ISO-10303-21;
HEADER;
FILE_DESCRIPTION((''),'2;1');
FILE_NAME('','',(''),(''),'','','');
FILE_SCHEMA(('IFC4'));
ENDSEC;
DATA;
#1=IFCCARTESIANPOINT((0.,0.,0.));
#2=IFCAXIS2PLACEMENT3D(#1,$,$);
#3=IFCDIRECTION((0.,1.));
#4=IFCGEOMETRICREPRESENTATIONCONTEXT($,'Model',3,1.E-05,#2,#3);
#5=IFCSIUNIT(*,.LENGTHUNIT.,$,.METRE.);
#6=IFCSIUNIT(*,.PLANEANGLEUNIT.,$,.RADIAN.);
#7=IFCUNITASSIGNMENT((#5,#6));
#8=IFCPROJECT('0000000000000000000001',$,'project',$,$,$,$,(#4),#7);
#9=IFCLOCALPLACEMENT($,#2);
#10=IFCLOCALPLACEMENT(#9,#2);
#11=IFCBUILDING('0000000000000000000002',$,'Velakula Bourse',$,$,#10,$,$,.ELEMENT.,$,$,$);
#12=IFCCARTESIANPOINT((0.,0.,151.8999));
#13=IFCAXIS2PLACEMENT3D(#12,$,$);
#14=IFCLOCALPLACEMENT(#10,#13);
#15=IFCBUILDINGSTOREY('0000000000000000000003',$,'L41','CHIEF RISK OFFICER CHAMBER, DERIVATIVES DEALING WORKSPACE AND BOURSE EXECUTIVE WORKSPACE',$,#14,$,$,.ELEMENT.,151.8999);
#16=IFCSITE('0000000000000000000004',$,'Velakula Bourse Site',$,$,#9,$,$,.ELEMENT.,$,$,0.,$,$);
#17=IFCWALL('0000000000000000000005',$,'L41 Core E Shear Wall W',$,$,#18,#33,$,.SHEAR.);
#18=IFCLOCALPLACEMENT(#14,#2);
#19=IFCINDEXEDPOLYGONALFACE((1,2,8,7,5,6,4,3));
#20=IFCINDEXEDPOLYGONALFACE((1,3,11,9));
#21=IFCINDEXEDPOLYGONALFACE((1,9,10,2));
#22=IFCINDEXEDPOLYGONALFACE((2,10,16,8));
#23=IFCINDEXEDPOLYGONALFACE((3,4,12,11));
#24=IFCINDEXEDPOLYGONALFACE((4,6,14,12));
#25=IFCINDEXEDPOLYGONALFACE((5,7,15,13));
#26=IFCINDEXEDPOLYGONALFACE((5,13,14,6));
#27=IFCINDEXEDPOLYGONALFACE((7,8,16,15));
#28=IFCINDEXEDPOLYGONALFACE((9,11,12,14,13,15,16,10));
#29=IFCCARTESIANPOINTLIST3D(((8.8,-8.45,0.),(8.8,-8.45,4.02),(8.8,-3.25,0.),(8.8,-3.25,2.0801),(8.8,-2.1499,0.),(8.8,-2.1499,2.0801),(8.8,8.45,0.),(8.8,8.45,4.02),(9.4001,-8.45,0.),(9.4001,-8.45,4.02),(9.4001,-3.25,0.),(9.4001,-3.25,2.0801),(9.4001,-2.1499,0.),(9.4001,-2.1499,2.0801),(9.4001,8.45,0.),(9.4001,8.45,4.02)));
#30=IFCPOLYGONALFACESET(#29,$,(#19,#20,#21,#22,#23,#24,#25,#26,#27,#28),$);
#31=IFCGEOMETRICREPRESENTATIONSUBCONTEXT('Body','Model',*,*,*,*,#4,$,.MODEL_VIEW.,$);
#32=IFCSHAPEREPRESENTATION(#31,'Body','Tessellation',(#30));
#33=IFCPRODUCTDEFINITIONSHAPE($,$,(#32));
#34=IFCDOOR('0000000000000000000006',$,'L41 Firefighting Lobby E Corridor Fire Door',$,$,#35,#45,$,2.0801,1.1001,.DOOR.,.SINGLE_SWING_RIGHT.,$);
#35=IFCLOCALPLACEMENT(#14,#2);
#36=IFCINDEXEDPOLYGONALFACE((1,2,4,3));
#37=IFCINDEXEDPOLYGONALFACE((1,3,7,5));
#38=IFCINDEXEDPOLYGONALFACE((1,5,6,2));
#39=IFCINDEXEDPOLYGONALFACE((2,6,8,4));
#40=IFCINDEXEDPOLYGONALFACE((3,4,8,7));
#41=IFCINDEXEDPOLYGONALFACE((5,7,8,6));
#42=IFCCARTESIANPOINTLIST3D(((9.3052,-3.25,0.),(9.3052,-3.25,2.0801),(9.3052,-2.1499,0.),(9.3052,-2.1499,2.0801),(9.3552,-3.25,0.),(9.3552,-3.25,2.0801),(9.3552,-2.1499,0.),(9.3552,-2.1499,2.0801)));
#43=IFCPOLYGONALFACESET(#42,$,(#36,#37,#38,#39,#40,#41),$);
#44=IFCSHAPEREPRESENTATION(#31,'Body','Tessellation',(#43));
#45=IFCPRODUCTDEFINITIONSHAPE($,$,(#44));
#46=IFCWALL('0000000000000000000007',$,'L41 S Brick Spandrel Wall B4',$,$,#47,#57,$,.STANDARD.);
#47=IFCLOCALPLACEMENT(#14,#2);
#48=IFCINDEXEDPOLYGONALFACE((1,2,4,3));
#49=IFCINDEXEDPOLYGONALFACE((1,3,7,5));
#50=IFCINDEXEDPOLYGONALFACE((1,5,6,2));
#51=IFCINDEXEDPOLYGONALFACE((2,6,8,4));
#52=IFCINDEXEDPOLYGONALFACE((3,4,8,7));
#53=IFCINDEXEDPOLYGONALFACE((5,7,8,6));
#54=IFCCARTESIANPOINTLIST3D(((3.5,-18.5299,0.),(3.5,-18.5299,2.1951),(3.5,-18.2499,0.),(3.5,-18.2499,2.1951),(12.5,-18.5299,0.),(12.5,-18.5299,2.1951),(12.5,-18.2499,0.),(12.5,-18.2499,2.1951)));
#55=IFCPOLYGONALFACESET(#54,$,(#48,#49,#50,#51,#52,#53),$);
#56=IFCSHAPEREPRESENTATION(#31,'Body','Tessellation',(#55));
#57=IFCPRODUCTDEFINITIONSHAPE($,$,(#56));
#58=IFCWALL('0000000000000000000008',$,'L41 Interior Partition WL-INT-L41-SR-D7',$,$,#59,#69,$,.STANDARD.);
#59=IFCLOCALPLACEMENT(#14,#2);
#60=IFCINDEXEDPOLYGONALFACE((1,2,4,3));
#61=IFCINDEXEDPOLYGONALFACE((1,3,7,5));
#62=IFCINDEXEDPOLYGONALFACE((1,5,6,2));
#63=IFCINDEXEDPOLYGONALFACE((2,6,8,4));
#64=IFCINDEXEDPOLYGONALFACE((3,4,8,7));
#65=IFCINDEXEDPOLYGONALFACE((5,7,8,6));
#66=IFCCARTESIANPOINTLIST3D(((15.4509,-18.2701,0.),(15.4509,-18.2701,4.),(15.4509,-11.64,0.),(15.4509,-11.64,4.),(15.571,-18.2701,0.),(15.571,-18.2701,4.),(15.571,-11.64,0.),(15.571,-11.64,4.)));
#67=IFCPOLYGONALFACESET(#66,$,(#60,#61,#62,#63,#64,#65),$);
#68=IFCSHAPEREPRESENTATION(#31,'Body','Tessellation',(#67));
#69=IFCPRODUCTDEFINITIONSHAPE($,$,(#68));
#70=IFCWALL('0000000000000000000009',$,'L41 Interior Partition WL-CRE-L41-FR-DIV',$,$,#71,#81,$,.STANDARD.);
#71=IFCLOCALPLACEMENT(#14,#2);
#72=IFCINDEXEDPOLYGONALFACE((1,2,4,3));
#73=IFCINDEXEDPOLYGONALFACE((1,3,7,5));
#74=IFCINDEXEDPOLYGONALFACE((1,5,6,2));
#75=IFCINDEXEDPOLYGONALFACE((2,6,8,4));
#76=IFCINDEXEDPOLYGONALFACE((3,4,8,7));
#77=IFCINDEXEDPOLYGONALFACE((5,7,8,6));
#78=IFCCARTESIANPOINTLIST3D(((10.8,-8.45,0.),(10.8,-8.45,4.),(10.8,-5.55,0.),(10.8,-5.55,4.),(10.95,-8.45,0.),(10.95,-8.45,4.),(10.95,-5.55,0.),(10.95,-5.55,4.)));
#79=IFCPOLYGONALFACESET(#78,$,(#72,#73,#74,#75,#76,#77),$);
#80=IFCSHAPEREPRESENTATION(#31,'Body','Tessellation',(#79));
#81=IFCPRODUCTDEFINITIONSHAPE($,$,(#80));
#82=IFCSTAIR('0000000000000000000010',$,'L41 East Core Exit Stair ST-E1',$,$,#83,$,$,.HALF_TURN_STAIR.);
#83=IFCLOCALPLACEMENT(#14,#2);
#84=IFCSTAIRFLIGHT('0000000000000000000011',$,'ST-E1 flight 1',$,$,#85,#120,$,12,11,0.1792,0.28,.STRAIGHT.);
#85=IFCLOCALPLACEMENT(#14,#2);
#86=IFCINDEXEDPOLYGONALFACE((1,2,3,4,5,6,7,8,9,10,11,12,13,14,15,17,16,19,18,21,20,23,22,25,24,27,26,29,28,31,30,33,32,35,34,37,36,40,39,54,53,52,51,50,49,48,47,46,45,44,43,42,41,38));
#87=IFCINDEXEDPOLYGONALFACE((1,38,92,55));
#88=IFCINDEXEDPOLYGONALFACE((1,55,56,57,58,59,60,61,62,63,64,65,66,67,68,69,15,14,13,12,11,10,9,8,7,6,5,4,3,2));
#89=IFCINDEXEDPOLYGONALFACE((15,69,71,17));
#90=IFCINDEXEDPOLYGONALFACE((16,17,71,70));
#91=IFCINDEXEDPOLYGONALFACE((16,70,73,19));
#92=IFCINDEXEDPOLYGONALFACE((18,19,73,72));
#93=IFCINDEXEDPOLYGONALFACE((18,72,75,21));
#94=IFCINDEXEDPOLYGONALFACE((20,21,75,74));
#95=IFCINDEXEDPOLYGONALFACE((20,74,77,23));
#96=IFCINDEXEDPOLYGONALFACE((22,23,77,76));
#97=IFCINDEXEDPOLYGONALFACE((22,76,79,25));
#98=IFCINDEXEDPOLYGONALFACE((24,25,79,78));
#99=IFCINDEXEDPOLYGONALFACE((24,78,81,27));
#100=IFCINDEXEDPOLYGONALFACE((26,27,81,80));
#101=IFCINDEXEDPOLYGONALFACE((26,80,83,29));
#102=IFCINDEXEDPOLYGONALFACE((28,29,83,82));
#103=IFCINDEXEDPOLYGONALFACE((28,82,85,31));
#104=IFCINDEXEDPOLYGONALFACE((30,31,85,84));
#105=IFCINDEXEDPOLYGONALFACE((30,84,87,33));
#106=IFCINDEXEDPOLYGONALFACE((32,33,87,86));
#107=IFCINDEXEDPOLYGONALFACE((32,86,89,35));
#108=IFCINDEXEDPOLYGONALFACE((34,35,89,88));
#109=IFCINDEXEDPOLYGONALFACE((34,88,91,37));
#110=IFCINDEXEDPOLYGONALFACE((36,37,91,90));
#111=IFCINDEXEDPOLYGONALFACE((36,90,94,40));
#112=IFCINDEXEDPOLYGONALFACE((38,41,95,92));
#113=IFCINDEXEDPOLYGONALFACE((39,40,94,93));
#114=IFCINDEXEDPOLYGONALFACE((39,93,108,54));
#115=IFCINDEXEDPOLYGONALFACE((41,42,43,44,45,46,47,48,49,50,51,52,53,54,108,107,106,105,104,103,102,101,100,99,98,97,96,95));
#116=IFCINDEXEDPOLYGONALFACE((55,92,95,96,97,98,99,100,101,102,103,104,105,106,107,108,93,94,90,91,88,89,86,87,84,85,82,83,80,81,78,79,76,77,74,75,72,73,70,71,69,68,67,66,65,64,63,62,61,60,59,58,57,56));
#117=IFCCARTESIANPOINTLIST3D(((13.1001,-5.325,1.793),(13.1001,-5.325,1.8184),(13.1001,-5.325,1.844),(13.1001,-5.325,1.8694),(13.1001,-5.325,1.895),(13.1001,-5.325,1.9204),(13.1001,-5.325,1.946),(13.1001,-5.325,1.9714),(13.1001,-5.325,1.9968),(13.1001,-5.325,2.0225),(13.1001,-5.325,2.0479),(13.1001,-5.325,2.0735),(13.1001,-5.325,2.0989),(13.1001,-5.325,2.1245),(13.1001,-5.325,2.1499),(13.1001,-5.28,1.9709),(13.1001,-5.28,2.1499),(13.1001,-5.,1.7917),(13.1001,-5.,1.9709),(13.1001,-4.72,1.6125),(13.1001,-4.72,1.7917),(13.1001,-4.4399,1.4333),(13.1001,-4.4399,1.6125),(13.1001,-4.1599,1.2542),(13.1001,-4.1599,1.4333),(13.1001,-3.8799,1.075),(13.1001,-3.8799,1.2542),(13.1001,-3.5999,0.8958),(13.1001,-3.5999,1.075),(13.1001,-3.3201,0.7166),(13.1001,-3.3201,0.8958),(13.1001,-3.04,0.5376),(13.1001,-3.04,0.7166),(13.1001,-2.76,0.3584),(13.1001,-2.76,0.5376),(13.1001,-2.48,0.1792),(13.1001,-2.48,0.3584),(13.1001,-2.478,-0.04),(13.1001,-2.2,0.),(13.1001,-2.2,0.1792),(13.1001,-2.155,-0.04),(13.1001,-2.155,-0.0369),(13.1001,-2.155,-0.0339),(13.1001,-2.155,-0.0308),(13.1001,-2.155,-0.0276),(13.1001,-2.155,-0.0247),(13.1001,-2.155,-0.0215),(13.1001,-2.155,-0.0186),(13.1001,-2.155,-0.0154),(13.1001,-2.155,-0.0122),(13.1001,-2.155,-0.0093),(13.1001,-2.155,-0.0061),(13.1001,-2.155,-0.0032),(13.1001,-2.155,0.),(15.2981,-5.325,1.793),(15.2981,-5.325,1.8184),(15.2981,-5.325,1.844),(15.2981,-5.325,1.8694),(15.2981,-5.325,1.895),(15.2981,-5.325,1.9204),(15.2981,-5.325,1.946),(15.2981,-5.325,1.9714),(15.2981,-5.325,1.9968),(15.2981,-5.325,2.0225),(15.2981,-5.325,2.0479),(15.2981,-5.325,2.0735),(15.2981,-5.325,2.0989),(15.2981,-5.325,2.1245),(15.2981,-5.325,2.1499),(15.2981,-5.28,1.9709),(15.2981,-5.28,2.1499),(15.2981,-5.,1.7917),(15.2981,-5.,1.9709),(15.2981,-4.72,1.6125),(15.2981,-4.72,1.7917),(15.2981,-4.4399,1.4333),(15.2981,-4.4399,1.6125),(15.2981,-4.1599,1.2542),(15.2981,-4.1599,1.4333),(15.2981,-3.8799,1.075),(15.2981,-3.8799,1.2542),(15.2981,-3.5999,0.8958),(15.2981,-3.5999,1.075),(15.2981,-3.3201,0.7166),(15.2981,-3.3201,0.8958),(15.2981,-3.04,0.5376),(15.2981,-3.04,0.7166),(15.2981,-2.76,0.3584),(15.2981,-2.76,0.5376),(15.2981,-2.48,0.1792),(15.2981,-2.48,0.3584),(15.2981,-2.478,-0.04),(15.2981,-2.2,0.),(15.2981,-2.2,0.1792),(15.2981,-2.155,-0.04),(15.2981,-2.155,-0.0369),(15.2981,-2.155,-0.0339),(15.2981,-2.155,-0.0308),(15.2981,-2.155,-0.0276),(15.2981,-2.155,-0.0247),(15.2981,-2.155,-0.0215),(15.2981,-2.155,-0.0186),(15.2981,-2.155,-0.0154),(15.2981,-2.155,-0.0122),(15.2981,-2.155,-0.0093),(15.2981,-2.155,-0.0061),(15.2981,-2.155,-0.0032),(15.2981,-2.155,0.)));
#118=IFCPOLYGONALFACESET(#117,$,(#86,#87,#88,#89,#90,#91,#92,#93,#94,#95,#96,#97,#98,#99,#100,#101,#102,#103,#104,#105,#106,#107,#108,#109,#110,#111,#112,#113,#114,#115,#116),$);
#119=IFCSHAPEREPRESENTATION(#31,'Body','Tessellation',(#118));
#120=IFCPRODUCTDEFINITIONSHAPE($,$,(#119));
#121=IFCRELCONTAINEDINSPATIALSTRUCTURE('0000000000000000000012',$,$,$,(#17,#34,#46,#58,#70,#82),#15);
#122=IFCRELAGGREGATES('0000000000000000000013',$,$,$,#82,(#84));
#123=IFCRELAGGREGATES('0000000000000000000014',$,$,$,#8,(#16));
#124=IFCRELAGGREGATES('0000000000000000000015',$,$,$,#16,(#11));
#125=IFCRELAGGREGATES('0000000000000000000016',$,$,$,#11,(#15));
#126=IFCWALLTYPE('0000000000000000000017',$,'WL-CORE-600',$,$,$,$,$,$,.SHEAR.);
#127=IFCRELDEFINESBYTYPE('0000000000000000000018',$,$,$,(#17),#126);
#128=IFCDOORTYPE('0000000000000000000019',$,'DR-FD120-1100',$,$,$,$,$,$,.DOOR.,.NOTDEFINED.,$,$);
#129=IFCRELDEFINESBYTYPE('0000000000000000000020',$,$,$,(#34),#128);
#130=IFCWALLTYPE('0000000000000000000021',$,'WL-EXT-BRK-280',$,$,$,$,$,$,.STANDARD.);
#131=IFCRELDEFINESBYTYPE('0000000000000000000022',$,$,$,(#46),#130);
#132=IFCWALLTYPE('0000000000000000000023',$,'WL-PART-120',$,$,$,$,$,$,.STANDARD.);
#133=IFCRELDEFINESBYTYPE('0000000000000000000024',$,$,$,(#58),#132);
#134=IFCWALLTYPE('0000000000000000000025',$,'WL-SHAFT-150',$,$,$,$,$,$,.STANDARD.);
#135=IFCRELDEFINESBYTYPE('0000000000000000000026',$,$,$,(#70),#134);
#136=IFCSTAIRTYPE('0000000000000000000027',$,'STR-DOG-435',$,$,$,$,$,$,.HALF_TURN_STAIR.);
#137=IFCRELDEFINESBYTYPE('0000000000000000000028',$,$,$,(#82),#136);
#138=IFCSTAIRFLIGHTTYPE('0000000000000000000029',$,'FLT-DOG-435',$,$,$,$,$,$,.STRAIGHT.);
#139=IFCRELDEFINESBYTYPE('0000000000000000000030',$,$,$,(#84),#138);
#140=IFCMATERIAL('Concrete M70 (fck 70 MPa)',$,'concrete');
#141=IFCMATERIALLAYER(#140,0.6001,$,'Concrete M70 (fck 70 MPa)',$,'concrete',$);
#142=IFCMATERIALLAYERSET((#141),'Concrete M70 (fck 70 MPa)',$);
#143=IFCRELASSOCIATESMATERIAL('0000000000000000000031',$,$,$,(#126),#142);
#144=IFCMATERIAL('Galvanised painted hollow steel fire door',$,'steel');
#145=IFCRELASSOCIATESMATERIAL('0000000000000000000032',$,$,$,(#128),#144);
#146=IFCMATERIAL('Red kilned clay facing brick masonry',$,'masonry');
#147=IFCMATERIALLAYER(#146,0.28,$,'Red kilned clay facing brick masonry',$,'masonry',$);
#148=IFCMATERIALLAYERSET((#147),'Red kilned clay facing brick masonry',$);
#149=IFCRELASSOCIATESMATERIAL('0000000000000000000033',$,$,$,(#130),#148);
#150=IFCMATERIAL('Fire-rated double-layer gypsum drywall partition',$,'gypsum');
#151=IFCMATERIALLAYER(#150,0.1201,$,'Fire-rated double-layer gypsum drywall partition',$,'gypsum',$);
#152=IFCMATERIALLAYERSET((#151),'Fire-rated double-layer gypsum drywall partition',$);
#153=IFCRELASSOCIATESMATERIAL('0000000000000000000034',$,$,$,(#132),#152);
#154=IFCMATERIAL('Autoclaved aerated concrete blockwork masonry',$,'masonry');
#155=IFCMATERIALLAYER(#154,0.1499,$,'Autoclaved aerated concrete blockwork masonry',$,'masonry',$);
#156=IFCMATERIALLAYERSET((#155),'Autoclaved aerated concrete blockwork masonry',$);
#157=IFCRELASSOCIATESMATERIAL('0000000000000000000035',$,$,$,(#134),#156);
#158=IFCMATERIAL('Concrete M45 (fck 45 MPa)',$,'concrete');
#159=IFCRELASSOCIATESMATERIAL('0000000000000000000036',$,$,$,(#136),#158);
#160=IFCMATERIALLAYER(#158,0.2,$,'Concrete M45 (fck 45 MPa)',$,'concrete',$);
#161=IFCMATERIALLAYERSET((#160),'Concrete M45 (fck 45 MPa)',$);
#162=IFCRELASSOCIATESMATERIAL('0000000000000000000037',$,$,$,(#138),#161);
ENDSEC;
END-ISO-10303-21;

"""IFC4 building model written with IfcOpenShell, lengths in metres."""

from ifc_helpers import new_model, si_unit, direction, frame, frame_2d, origin, place, context, subcontext, project, spatial, polyline, rectangle, outline, extrude, material, layer, layer_set, type_object, element, fill, aggregate, save


model = new_model("IFC4")

# Units and contexts
model_context = context("Model", 3, precision=1e-05, world=origin(), true_north=direction((0.0, 1.0)))
body_context = subcontext(model_context, "Body", "Model", "MODEL_VIEW")
ifc_project = project(units=[si_unit("LENGTHUNIT", "METRE"), si_unit("PLANEANGLEUNIT", "RADIAN")], contexts=[model_context])

# Site, building, storey
site_placement = place(None, origin())
site = spatial("IfcSite", under=ifc_project, at=site_placement, Name="Velakula Bourse Site", CompositionType="ELEMENT", RefElevation=0.0)
building_placement = place(site_placement, origin())
building = spatial("IfcBuilding", under=site, at=building_placement, Name="Velakula Bourse", CompositionType="ELEMENT")
storey_placement = place(building_placement, frame((0.0, 0.0, 151.8999)))
storey = spatial("IfcBuildingStorey", under=building, at=storey_placement, Name="L41", Description="CHIEF RISK OFFICER CHAMBER, DERIVATIVES DEALING WORKSPACE AND BOURSE EXECUTIVE WORKSPACE", CompositionType="ELEMENT", Elevation=151.8999)

# Shared definitions
ifc_material_1 = material(Name="Galvanised painted hollow steel fire door", Category="steel")

# Wall, opening, door
ifc_material_2 = material(Name="Concrete M70 (fck 70 MPa)", Category="concrete")
ifc_layer_1 = layer(ifc_material_2, 0.6001, Name="Concrete M70 (fck 70 MPa)", Category="concrete")
ifc_layer_set_1 = layer_set([ifc_layer_1], Name="Concrete M70 (fck 70 MPa)")
wall_type_1 = type_object("IfcWallType", Name="WL-CORE-600", PredefinedType="SHEAR", material=ifc_layer_set_1)
wall_1_placement = place(storey_placement, frame((9.1001, -8.45, 0.0), z_axis=(0.0, 0.0, 1.0), x_axis=(0.0, 1.0, 0.0)))
wall_1 = element("IfcWall", 1, at=wall_1_placement, inside=storey, type_object=wall_type_1, Name="L41 Core E Shear Wall W", PredefinedType="SHEAR", context=body_context, shape_type="SweptSolid", body=[
    extrude(rectangle(XDim=16.8999, YDim=0.6001, at=frame_2d((8.45, 0.0))), origin(), (0.0, 0.0, 1.0), 4.02),
])
opening_1_placement = place(wall_1_placement, frame((5.2, 0.0, 0.0)))
opening_1 = element("IfcOpeningElement", 2, at=opening_1_placement, cuts=wall_1, PredefinedType="OPENING", context=body_context, shape_type="SweptSolid", body=[
    extrude(rectangle(XDim=1.1001, YDim=2.0801, at=frame_2d((0.55, 1.04))), frame((0.0, 0.3101, 0.0), z_axis=(0.0, -1.0, 0.0), x_axis=(1.0, 0.0, 0.0)), (0.0, 0.0, 1.0), 0.6201),
])
door_type_1 = type_object("IfcDoorType", Name="DR-FD120-1100", OperationType="NOTDEFINED", PredefinedType="DOOR", material=ifc_material_1)
door_1_placement = place(opening_1_placement, origin())
door_1 = element("IfcDoor", 3, at=door_1_placement, inside=storey, type_object=door_type_1, Name="L41 Firefighting Lobby E Corridor Fire Door", OperationType="SINGLE_SWING_RIGHT", OverallHeight=2.0801, OverallWidth=1.1001, PredefinedType="DOOR", context=body_context, shape_type="SweptSolid", body=[
    extrude(rectangle(XDim=1.1001, YDim=2.0801, at=frame_2d((0.55, 1.04))), frame((0.0, -0.2051, 0.0), z_axis=(0.0, -1.0, 0.0), x_axis=(1.0, 0.0, 0.0)), (0.0, 0.0, 1.0), 0.05),
])
fill(opening_1, door_1)

# Walls
ifc_material_3 = material(Name="Red kilned clay facing brick masonry", Category="masonry")
ifc_layer_2 = layer(ifc_material_3, 0.28, Name="Red kilned clay facing brick masonry", Category="masonry")
ifc_layer_set_2 = layer_set([ifc_layer_2], Name="Red kilned clay facing brick masonry")
wall_type_2 = type_object("IfcWallType", Name="WL-EXT-BRK-280", PredefinedType="STANDARD", material=ifc_layer_set_2)
wall_2_placement = place(storey_placement, frame((12.5, -18.3899, 0.0), z_axis=(0.0, 0.0, 1.0), x_axis=(-1.0, 0.0, 0.0)))
element("IfcWall", 4, at=wall_2_placement, inside=storey, type_object=wall_type_2, Name="L41 S Brick Spandrel Wall B4", PredefinedType="STANDARD", context=body_context, shape_type="SweptSolid", body=[
    extrude(rectangle(XDim=9.0, YDim=0.28, at=frame_2d((4.5, 0.0))), origin(), (0.0, 0.0, 1.0), 2.1951),
])
ifc_material_4 = material(Name="Fire-rated double-layer gypsum drywall partition", Category="gypsum")
ifc_layer_3 = layer(ifc_material_4, 0.1201, Name="Fire-rated double-layer gypsum drywall partition", Category="gypsum")
ifc_layer_set_3 = layer_set([ifc_layer_3], Name="Fire-rated double-layer gypsum drywall partition")
wall_type_3 = type_object("IfcWallType", Name="WL-PART-120", PredefinedType="STANDARD", material=ifc_layer_set_3)
wall_3_placement = place(storey_placement, frame((15.511, -18.27, 0.0), z_axis=(0.0, 0.0, 1.0), x_axis=(0.0, 1.0, 0.0)))
element("IfcWall", 5, at=wall_3_placement, inside=storey, type_object=wall_type_3, Name="L41 Interior Partition WL-INT-L41-SR-D7", PredefinedType="STANDARD", context=body_context, shape_type="SweptSolid", body=[
    extrude(rectangle(XDim=6.6301, YDim=0.1201, at=frame_2d((3.3149, 0.0))), origin(), (0.0, 0.0, 1.0), 4.0),
])

# Shared definitions
ifc_material_5 = material(Name="Autoclaved aerated concrete blockwork masonry", Category="masonry")
ifc_layer_4 = layer(ifc_material_5, 0.1499, Name="Autoclaved aerated concrete blockwork masonry", Category="masonry")
ifc_layer_set_4 = layer_set([ifc_layer_4], Name="Autoclaved aerated concrete blockwork masonry")
wall_type_4 = type_object("IfcWallType", Name="WL-SHAFT-150", PredefinedType="STANDARD", material=ifc_layer_set_4)

# Wall
wall_4_placement = place(storey_placement, frame((10.875, -8.45, 0.0), z_axis=(0.0, 0.0, 1.0), x_axis=(0.0, 1.0, 0.0)))
element("IfcWall", 6, at=wall_4_placement, inside=storey, type_object=wall_type_4, Name="L41 Interior Partition WL-CRE-L41-FR-DIV", PredefinedType="STANDARD", context=body_context, shape_type="SweptSolid", body=[
    extrude(rectangle(XDim=2.8999, YDim=0.1499, at=frame_2d((1.45, 0.0))), origin(), (0.0, 0.0, 1.0), 4.0),
])

# Stair, stair flight
ifc_material_6 = material(Name="Concrete M45 (fck 45 MPa)", Category="concrete")
stair_type = type_object("IfcStairType", Name="STR-DOG-435", PredefinedType="HALF_TURN_STAIR", material=ifc_material_6)
stair_placement = place(storey_placement, origin())
stair = element("IfcStair", 7, at=stair_placement, inside=storey, type_object=stair_type, Name="L41 East Core Exit Stair ST-E1", PredefinedType="HALF_TURN_STAIR")
ifc_layer_5 = layer(ifc_material_6, 0.2, Name="Concrete M45 (fck 45 MPa)", Category="concrete")
ifc_layer_set_5 = layer_set([ifc_layer_5], Name="Concrete M45 (fck 45 MPa)")
stair_flight_type = type_object("IfcStairFlightType", Name="FLT-DOG-435", PredefinedType="STRAIGHT", material=ifc_layer_set_5)
stair_flight_1_placement = place(storey_placement, frame((14.199, -2.2, 0.0), z_axis=(0.0, 0.0, 1.0), x_axis=(0.0, -1.0, 0.0)))
stair_flight_1 = element("IfcStairFlight", 8, at=stair_flight_1_placement, type_object=stair_flight_type, Name="ST-E1 flight 1", NumberOfRisers=12, NumberOfTreads=11, PredefinedType="STRAIGHT", RiserHeight=0.1792, TreadLength=0.28, context=body_context, shape_type="SweptSolid", body=[
    extrude(outline(polyline([(-0.0449, -0.04), (-0.0449, -0.0369), (-0.0449, -0.0339), (-0.0449, -0.0308), (-0.0449, -0.0276), (-0.0449, -0.0247), (-0.0449, -0.0215), (-0.0449, -0.0186), (-0.0449, -0.0154), (-0.0449, -0.0122), (-0.0449, -0.0093), (-0.0449, -0.0061), (-0.0449, -0.0032), (-0.0449, 0.0), (0.0, 0.0), (0.0, 0.1792), (0.28, 0.1792), (0.28, 0.3584), (0.5601, 0.3584), (0.5601, 0.5376), (0.8401, 0.5376), (0.8401, 0.7166), (1.1201, 0.7166), (1.1201, 0.8958), (1.3999, 0.8958), (1.3999, 1.075), (1.6799, 1.075), (1.6799, 1.2542), (1.96, 1.2542), (1.96, 1.4333), (2.24, 1.4333), (2.24, 1.6125), (2.52, 1.6125), (2.52, 1.7917), (2.8, 1.7917), (2.8, 1.9709), (3.0801, 1.9709), (3.0801, 2.1499), (3.125, 2.1499), (3.125, 2.1245), (3.125, 2.0989), (3.125, 2.0735), (3.125, 2.0479), (3.125, 2.0225), (3.125, 1.9968), (3.125, 1.9714), (3.125, 1.946), (3.125, 1.9204), (3.125, 1.895), (3.125, 1.8694), (3.125, 1.844), (3.125, 1.8184), (3.125, 1.793), (0.2781, -0.04), (-0.0449, -0.04)])), frame((0.0, 1.0991, 0.0), z_axis=(0.0, -1.0, 0.0), x_axis=(1.0, 0.0, 0.0)), (0.0, 0.0, 1.0), 2.198),
])
aggregate(stair, [stair_flight_1])

save(model, "model.ifc")
